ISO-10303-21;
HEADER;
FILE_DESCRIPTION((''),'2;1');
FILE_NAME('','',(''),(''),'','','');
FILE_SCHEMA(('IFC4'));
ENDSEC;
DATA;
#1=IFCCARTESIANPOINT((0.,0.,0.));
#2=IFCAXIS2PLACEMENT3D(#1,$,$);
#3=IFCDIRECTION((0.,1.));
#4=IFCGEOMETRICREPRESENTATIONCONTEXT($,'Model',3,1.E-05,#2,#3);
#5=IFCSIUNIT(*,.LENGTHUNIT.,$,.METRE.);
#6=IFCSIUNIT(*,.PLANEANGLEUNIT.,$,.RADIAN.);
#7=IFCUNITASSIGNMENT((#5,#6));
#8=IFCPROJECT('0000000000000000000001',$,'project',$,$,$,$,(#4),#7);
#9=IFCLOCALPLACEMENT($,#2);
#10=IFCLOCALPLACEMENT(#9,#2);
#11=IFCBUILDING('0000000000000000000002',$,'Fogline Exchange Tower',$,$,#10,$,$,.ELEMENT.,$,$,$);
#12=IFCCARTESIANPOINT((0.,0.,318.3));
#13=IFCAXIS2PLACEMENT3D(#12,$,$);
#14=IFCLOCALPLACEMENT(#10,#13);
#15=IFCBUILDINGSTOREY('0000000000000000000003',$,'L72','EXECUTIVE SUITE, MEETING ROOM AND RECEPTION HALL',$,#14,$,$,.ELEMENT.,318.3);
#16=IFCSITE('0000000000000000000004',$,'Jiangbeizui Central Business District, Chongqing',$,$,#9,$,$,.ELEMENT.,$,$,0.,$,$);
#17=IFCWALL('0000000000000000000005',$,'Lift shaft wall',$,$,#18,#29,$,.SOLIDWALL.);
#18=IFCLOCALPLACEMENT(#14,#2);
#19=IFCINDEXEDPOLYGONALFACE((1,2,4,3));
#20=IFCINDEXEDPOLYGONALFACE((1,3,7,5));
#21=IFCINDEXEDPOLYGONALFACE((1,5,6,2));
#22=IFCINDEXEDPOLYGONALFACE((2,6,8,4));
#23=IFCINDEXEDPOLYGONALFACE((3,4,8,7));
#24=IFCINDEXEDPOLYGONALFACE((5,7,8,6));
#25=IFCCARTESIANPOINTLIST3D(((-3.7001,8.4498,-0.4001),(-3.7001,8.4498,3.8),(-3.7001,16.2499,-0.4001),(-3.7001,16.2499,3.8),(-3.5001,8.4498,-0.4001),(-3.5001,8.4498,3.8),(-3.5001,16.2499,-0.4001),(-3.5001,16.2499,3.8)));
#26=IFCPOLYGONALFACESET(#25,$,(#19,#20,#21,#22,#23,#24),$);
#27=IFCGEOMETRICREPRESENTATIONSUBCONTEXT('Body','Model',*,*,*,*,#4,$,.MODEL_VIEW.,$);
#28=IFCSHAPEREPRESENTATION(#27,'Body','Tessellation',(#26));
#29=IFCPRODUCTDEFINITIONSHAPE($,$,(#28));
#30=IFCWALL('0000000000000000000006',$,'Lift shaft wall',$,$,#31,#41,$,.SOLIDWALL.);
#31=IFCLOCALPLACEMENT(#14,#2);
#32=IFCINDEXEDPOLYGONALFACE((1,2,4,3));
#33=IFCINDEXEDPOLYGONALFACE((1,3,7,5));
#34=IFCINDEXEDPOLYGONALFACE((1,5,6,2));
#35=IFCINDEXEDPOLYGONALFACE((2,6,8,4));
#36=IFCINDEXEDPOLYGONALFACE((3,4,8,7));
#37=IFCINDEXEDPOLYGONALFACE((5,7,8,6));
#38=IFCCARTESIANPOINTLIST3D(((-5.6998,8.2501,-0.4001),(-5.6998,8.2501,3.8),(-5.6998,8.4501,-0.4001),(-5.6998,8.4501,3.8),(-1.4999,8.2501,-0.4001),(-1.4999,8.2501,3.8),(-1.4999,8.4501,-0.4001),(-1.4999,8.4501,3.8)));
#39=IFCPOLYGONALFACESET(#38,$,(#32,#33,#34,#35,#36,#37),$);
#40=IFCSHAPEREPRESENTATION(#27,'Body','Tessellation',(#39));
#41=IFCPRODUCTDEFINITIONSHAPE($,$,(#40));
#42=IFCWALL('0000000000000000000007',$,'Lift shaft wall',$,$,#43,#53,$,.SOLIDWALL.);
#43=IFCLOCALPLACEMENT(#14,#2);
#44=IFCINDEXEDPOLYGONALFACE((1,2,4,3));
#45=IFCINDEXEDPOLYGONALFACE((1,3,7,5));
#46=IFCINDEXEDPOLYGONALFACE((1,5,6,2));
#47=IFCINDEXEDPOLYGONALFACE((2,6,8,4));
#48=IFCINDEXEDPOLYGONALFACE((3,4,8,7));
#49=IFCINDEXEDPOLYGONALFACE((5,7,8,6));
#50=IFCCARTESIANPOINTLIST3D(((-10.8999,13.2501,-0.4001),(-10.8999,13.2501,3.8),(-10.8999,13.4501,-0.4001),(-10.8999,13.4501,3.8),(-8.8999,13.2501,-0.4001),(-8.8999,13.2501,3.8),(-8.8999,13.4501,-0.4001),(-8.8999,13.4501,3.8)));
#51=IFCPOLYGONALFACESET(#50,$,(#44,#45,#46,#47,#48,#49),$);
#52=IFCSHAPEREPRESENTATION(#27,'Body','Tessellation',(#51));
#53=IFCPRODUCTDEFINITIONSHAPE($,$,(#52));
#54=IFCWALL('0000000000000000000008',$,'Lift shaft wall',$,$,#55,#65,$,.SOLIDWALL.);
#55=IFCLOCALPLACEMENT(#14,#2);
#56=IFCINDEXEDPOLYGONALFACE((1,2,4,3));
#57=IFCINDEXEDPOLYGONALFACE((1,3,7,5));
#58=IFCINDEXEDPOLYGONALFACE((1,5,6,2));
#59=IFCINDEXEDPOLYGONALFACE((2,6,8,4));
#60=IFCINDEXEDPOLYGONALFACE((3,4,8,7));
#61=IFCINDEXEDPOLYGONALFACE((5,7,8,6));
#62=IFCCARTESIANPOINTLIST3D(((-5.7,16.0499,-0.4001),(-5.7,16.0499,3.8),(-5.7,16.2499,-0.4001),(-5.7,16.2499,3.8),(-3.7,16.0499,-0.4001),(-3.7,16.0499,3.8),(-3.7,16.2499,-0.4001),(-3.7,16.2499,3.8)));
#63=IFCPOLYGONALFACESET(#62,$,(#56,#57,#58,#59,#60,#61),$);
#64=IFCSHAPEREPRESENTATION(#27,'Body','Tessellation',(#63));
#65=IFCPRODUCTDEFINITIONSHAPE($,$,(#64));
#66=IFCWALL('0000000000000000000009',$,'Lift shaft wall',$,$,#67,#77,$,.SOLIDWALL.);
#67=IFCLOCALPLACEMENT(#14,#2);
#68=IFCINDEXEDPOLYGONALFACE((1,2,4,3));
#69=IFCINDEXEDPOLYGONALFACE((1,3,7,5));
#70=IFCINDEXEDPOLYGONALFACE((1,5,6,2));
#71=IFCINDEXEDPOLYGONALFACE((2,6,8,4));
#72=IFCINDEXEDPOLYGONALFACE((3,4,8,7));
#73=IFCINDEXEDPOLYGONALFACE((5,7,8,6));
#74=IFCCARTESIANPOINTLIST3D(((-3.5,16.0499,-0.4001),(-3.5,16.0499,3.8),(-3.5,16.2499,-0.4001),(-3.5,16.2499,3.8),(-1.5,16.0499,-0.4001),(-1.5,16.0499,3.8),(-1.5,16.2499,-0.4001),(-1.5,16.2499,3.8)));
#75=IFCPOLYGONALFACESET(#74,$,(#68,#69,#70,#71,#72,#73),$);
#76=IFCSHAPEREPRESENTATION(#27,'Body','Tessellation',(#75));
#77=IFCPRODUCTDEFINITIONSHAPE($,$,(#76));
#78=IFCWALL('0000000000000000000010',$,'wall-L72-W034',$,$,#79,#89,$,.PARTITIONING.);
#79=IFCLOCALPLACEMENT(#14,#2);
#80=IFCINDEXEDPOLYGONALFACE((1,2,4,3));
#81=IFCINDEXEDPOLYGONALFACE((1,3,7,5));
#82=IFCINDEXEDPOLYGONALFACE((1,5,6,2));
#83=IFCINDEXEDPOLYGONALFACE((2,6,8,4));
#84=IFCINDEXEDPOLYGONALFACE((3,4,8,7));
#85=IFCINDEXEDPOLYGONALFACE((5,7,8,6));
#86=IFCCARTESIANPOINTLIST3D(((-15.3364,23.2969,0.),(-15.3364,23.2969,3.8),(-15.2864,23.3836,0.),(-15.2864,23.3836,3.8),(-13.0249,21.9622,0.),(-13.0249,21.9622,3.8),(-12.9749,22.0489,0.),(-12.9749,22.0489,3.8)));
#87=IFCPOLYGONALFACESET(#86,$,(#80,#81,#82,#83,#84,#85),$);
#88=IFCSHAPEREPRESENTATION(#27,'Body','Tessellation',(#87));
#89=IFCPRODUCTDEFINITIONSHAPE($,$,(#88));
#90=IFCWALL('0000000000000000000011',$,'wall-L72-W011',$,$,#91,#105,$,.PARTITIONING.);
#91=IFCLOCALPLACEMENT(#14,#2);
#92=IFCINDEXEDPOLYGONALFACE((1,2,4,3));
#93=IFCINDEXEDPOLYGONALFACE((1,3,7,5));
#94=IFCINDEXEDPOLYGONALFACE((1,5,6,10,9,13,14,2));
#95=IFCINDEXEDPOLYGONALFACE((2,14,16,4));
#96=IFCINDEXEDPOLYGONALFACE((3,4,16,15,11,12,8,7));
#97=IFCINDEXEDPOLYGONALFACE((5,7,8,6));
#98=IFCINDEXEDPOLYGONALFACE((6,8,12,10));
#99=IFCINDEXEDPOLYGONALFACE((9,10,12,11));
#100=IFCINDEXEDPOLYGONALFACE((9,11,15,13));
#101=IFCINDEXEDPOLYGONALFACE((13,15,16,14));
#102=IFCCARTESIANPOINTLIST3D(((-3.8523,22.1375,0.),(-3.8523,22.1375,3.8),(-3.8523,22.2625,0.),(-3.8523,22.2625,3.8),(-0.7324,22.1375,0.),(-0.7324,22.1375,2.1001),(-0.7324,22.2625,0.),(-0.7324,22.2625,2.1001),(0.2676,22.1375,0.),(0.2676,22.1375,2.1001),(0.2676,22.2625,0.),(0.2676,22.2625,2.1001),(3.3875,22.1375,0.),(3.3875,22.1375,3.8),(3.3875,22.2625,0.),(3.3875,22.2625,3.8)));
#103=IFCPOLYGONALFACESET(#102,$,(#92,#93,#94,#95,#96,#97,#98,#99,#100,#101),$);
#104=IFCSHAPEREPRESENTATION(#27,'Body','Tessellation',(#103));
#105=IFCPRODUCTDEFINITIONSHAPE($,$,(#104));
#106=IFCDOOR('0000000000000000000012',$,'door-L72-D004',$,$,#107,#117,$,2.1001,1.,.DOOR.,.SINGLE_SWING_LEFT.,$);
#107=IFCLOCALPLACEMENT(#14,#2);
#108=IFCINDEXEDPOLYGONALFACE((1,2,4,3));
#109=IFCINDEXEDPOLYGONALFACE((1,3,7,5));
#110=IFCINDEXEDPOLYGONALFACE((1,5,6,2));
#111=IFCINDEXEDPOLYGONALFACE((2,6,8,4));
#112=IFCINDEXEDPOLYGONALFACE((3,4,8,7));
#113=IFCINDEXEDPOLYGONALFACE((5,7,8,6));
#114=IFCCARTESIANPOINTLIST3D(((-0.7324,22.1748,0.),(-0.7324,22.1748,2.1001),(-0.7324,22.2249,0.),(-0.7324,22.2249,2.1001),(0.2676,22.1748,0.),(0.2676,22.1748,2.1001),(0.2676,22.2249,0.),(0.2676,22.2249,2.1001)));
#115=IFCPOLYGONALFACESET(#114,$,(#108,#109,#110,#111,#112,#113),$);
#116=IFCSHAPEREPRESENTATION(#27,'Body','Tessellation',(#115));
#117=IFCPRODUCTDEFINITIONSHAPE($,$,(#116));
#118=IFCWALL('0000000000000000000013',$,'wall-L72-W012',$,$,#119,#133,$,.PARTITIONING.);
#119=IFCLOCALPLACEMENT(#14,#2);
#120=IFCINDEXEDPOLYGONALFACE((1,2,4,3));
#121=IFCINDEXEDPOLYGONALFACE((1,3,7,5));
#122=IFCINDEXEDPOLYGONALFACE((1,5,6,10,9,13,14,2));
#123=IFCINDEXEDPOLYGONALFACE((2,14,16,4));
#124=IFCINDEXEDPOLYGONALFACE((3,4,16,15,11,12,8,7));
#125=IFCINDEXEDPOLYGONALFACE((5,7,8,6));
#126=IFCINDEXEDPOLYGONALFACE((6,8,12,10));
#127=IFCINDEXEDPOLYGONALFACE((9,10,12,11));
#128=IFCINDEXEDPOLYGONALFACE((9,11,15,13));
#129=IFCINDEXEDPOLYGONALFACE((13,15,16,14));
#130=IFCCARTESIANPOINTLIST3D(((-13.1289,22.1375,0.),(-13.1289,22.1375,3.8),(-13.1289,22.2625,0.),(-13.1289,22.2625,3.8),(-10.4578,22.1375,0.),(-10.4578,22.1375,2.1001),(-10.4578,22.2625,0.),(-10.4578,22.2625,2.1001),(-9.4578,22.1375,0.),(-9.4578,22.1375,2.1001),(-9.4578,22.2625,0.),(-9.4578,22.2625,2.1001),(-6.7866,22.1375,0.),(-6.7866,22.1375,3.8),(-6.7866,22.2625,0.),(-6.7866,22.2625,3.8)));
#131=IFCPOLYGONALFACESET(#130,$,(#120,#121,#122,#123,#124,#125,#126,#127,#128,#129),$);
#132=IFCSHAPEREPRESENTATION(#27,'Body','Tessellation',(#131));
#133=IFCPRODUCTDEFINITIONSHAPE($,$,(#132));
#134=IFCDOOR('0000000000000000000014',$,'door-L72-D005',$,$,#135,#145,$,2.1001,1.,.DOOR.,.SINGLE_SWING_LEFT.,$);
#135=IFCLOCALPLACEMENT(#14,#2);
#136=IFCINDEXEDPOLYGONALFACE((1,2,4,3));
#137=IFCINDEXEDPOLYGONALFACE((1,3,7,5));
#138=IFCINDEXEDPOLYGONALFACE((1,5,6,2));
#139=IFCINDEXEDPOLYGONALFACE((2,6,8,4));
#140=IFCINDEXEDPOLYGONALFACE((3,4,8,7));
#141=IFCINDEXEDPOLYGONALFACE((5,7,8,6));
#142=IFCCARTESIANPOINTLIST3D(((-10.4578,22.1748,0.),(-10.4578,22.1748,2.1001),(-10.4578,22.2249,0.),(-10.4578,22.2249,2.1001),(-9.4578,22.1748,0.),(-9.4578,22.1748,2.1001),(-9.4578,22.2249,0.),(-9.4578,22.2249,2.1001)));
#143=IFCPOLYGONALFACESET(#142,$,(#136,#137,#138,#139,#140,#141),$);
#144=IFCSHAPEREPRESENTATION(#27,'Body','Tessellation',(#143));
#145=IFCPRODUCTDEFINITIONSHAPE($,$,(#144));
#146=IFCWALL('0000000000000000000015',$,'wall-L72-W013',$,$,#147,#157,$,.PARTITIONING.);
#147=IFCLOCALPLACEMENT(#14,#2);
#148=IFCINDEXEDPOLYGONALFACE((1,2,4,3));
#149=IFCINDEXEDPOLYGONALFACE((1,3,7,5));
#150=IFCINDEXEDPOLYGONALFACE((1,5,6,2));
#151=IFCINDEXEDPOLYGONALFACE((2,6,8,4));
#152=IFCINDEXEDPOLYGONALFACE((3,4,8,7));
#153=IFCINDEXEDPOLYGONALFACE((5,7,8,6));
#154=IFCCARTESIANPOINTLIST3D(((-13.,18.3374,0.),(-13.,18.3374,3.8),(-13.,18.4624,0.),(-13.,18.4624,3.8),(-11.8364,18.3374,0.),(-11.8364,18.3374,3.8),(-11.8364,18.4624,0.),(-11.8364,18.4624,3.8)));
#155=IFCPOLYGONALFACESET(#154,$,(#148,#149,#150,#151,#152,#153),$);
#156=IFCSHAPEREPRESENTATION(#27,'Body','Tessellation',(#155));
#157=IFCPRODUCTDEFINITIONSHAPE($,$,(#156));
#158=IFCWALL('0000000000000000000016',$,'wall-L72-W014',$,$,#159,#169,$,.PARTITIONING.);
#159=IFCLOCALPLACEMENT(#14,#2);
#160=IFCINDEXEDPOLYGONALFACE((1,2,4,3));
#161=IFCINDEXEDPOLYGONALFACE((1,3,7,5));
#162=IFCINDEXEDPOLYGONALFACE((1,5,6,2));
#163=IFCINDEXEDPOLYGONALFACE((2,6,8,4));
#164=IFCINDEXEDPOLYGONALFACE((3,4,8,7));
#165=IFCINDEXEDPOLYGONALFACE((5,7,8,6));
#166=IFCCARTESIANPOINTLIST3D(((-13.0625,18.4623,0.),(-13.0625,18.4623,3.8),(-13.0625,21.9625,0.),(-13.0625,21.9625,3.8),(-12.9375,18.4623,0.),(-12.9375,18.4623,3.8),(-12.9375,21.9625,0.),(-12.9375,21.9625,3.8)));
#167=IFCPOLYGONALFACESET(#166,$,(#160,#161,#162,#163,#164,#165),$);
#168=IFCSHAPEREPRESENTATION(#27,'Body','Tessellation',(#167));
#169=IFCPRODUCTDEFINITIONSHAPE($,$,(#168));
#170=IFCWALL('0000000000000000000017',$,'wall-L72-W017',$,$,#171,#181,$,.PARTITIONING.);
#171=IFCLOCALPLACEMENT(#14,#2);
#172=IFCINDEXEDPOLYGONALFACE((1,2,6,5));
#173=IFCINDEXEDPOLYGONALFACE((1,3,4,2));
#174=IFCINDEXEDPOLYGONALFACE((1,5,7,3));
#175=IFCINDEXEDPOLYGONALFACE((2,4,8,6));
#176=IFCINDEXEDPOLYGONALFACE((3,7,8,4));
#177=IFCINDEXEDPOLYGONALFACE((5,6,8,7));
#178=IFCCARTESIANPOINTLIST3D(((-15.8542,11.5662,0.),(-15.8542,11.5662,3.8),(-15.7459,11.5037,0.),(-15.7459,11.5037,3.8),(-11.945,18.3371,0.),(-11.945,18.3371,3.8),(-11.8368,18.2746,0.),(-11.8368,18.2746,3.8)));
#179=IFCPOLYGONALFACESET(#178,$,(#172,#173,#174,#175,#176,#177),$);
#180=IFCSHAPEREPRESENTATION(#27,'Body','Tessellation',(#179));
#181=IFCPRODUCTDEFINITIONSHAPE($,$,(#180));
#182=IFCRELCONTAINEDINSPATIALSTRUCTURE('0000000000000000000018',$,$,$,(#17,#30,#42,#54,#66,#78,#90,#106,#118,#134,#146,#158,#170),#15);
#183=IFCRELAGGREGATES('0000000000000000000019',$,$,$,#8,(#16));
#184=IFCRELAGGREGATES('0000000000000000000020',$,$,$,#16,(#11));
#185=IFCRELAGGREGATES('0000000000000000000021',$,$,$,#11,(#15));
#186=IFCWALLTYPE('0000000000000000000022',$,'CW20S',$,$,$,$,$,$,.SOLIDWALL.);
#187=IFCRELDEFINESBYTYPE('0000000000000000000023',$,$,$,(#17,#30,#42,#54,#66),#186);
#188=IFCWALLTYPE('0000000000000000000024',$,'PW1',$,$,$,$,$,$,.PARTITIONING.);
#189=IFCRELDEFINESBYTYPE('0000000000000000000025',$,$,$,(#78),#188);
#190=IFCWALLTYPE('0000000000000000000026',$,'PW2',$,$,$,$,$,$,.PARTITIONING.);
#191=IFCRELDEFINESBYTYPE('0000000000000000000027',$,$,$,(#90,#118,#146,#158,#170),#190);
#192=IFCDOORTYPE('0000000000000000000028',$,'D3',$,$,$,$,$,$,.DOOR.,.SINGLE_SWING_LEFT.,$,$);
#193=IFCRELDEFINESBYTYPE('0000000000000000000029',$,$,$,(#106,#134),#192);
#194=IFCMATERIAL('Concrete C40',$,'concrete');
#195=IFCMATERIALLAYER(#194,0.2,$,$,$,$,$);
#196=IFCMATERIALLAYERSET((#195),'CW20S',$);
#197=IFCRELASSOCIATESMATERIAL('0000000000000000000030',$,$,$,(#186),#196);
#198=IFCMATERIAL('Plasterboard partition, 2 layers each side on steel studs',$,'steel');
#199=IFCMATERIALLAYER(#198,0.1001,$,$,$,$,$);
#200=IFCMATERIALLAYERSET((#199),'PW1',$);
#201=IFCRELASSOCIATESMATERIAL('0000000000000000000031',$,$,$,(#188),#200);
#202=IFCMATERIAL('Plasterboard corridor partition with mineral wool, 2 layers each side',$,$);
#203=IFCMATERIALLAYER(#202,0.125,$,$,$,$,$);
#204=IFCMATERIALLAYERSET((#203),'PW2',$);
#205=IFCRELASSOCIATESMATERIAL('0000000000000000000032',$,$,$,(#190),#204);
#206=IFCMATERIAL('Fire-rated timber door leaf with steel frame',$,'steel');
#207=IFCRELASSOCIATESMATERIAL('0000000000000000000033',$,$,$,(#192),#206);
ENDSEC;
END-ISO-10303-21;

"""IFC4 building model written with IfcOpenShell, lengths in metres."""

from ifc_helpers import new_model, si_unit, direction, frame, frame_2d, origin, place, context, subcontext, project, spatial, rectangle, extrude, material, layer, layer_set, type_object, element, fill, save


model = new_model("IFC4")

# Units and contexts
model_context = context("Model", 3, precision=1e-05, world=origin(), true_north=direction((0.0, 1.0)))
body_context = subcontext(model_context, "Body", "Model", "MODEL_VIEW")
ifc_project = project(units=[si_unit("LENGTHUNIT", "METRE"), si_unit("PLANEANGLEUNIT", "RADIAN")], contexts=[model_context])

# Site, building, storey
site_placement = place(None, origin())
site = spatial("IfcSite", under=ifc_project, at=site_placement, Name="Jiangbeizui Central Business District, Chongqing", CompositionType="ELEMENT", RefElevation=0.0)
building_placement = place(site_placement, origin())
building = spatial("IfcBuilding", under=site, at=building_placement, Name="Fogline Exchange Tower", CompositionType="ELEMENT")
storey_placement = place(building_placement, frame((0.0, 0.0, 318.3)))
storey = spatial("IfcBuildingStorey", under=building, at=storey_placement, Name="L72", Description="EXECUTIVE SUITE, MEETING ROOM AND RECEPTION HALL", CompositionType="ELEMENT", Elevation=318.3)

# Shared definitions
ifc_material_1 = material(Name="Concrete C40", Category="concrete")

# Walls
ifc_layer_1 = layer(ifc_material_1, 0.2)
ifc_layer_set_1 = layer_set([ifc_layer_1], Name="CW20S")
wall_type_1 = type_object("IfcWallType", Name="CW20S", PredefinedType="SOLIDWALL", material=ifc_layer_set_1)
wall_1_placement = place(storey_placement, frame((-3.6001, 8.45, -0.4001), z_axis=(0.0, 0.0, 1.0), x_axis=(0.0, 1.0, 0.0)))
element("IfcWall", 1, at=wall_1_placement, inside=storey, type_object=wall_type_1, Name="Lift shaft wall", PredefinedType="SOLIDWALL", context=body_context, shape_type="SweptSolid", body=[
    extrude(rectangle(XDim=7.8, YDim=0.2, at=frame_2d((3.8999, 0.0))), origin(), (0.0, 0.0, 1.0), 4.2002),
])
wall_2_placement = place(storey_placement, frame((-5.7, 8.3501, -0.4001), z_axis=(0.0, 0.0, 1.0), x_axis=(1.0, 0.0, 0.0)))
element("IfcWall", 2, at=wall_2_placement, inside=storey, type_object=wall_type_1, Name="Lift shaft wall", PredefinedType="SOLIDWALL", context=body_context, shape_type="SweptSolid", body=[
    extrude(rectangle(XDim=4.2, YDim=0.2, at=frame_2d((2.1001, 0.0))), origin(), (0.0, 0.0, 1.0), 4.2002),
])
for number, where, z_axis, x_axis, name in (
    (3, (-10.8999, 13.3501, -0.4001), (0.0, 0.0, 1.0), (1.0, 0.0, 0.0), "Lift shaft wall"),
    (4, (-5.7, 16.1499, -0.4001), (0.0, 0.0, 1.0), (1.0, 0.0, 0.0), "Lift shaft wall"),
    (5, (-3.5, 16.1499, -0.4001), (0.0, 0.0, 1.0), (1.0, 0.0, 0.0), "Lift shaft wall"),
):
    element("IfcWall", number, at=place(storey_placement, frame(where, z_axis=z_axis, x_axis=x_axis)), inside=storey, type_object=wall_type_1, Name=name, PredefinedType="SOLIDWALL", context=body_context, shape_type="SweptSolid", body=[
        extrude(rectangle(XDim=2.0, YDim=0.2, at=frame_2d((1.0, 0.0))), origin(), (0.0, 0.0, 1.0), 4.2002),
    ])
ifc_material_2 = material(Name="Plasterboard partition, 2 layers each side on steel studs", Category="steel")
ifc_layer_2 = layer(ifc_material_2, 0.1001)
ifc_layer_set_2 = layer_set([ifc_layer_2], Name="PW1")
wall_type_2 = type_object("IfcWallType", Name="PW1", PredefinedType="PARTITIONING", material=ifc_layer_set_2)
wall_3_placement = place(storey_placement, frame((-13.0, 22.0056, 0.0), z_axis=(0.0, 0.0, 1.0), x_axis=(-0.866, 0.500044, 0.0)))
element("IfcWall", 6, at=wall_3_placement, inside=storey, type_object=wall_type_2, Name="wall-L72-W034", PredefinedType="PARTITIONING", context=body_context, shape_type="SweptSolid", body=[
    extrude(rectangle(XDim=2.6692, YDim=0.1001, at=frame_2d((1.3345, 0.0))), origin(), (0.0, 0.0, 1.0), 3.8),
])

# Walls, openings, doors
ifc_material_3 = material(Name="Plasterboard corridor partition with mineral wool, 2 layers each side")
ifc_layer_3 = layer(ifc_material_3, 0.125)
ifc_layer_set_3 = layer_set([ifc_layer_3], Name="PW2")
wall_type_3 = type_object("IfcWallType", Name="PW2", PredefinedType="PARTITIONING", material=ifc_layer_set_3)
wall_4_placement = place(storey_placement, frame((-3.8523, 22.2, 0.0), z_axis=(0.0, 0.0, 1.0), x_axis=(1.0, 0.0, 0.0)))
wall_4 = element("IfcWall", 7, at=wall_4_placement, inside=storey, type_object=wall_type_3, Name="wall-L72-W011", PredefinedType="PARTITIONING", context=body_context, shape_type="SweptSolid", body=[
    extrude(rectangle(XDim=7.2397, YDim=0.125, at=frame_2d((3.6199, 0.0))), origin(), (0.0, 0.0, 1.0), 3.8),
])
opening_1_placement = place(wall_4_placement, frame((3.1199, 0.0, 0.0)))
opening_1 = element("IfcOpeningElement", 8, at=opening_1_placement, cuts=wall_4, PredefinedType="OPENING", context=body_context, shape_type="SweptSolid", body=[
    extrude(rectangle(XDim=1.0, YDim=2.1001, at=frame_2d((0.5, 1.05))), frame((0.0, 0.0725, 0.0), z_axis=(0.0, -1.0, 0.0), x_axis=(1.0, 0.0, 0.0)), (0.0, 0.0, 1.0), 0.145),
])
ifc_material_4 = material(Name="Fire-rated timber door leaf with steel frame", Category="steel")
door_type_1 = type_object("IfcDoorType", Name="D3", OperationType="SINGLE_SWING_LEFT", PredefinedType="DOOR", material=ifc_material_4)
door_1_placement = place(opening_1_placement, origin())
door_1 = element("IfcDoor", 9, at=door_1_placement, inside=storey, type_object=door_type_1, Name="door-L72-D004", OperationType="SINGLE_SWING_LEFT", OverallHeight=2.1001, OverallWidth=1.0, PredefinedType="DOOR", context=body_context, shape_type="SweptSolid", body=[
    extrude(rectangle(XDim=1.0, YDim=2.1001, at=frame_2d((0.5, 1.05))), frame((0.0, 0.0249, 0.0), z_axis=(0.0, -1.0, 0.0), x_axis=(1.0, 0.0, 0.0)), (0.0, 0.0, 1.0), 0.05),
])
fill(opening_1, door_1)
wall_5_placement = place(storey_placement, frame((-13.1289, 22.2, 0.0), z_axis=(0.0, 0.0, 1.0), x_axis=(1.0, 0.0, 0.0)))
wall_5 = element("IfcWall", 10, at=wall_5_placement, inside=storey, type_object=wall_type_3, Name="wall-L72-W012", PredefinedType="PARTITIONING", context=body_context, shape_type="SweptSolid", body=[
    extrude(rectangle(XDim=6.3423, YDim=0.125, at=frame_2d((3.1711, 0.0))), origin(), (0.0, 0.0, 1.0), 3.8),
])
opening_2_placement = place(wall_5_placement, frame((2.6711, 0.0, 0.0)))
opening_2 = element("IfcOpeningElement", 11, at=opening_2_placement, cuts=wall_5, PredefinedType="OPENING", context=body_context, shape_type="SweptSolid", body=[
    extrude(rectangle(XDim=1.0, YDim=2.1001, at=frame_2d((0.5, 1.05))), frame((0.0, 0.0725, 0.0), z_axis=(0.0, -1.0, 0.0), x_axis=(1.0, 0.0, 0.0)), (0.0, 0.0, 1.0), 0.145),
])
door_2_placement = place(opening_2_placement, origin())
door_2 = element("IfcDoor", 12, at=door_2_placement, inside=storey, type_object=door_type_1, Name="door-L72-D005", OperationType="SINGLE_SWING_LEFT", OverallHeight=2.1001, OverallWidth=1.0, PredefinedType="DOOR", context=body_context, shape_type="SweptSolid", body=[
    extrude(rectangle(XDim=1.0, YDim=2.1001, at=frame_2d((0.5, 1.05))), frame((0.0, 0.0249, 0.0), z_axis=(0.0, -1.0, 0.0), x_axis=(1.0, 0.0, 0.0)), (0.0, 0.0, 1.0), 0.05),
])
fill(opening_2, door_2)

# Walls
wall_6_placement = place(storey_placement, frame((-11.8364, 18.3999, 0.0), z_axis=(0.0, 0.0, 1.0), x_axis=(-1.0, 0.0, 0.0)))
element("IfcWall", 13, at=wall_6_placement, inside=storey, type_object=wall_type_3, Name="wall-L72-W013", PredefinedType="PARTITIONING", context=body_context, shape_type="SweptSolid", body=[
    extrude(rectangle(XDim=1.1636, YDim=0.125, at=frame_2d((0.5818, 0.0))), origin(), (0.0, 0.0, 1.0), 3.8),
])
wall_7_placement = place(storey_placement, frame((-13.0, 18.4624, 0.0), z_axis=(0.0, 0.0, 1.0), x_axis=(0.0, 1.0, 0.0)))
element("IfcWall", 14, at=wall_7_placement, inside=storey, type_object=wall_type_3, Name="wall-L72-W014", PredefinedType="PARTITIONING", context=body_context, shape_type="SweptSolid", body=[
    extrude(rectangle(XDim=3.5002, YDim=0.125, at=frame_2d((1.75, 0.0))), origin(), (0.0, 0.0, 1.0), 3.8),
])
wall_8_placement = place(storey_placement, frame((-15.8, 11.5349, 0.0), z_axis=(0.0, 0.0, 1.0), x_axis=(0.499995, 0.866029, 0.0)))
element("IfcWall", 15, at=wall_8_placement, inside=storey, type_object=wall_type_3, Name="wall-L72-W017", PredefinedType="PARTITIONING", context=body_context, shape_type="SweptSolid", body=[
    extrude(rectangle(XDim=7.8184, YDim=0.125, at=frame_2d((3.9092, 0.0))), origin(), (0.0, 0.0, 1.0), 3.8),
])

save(model, "model.ifc")
